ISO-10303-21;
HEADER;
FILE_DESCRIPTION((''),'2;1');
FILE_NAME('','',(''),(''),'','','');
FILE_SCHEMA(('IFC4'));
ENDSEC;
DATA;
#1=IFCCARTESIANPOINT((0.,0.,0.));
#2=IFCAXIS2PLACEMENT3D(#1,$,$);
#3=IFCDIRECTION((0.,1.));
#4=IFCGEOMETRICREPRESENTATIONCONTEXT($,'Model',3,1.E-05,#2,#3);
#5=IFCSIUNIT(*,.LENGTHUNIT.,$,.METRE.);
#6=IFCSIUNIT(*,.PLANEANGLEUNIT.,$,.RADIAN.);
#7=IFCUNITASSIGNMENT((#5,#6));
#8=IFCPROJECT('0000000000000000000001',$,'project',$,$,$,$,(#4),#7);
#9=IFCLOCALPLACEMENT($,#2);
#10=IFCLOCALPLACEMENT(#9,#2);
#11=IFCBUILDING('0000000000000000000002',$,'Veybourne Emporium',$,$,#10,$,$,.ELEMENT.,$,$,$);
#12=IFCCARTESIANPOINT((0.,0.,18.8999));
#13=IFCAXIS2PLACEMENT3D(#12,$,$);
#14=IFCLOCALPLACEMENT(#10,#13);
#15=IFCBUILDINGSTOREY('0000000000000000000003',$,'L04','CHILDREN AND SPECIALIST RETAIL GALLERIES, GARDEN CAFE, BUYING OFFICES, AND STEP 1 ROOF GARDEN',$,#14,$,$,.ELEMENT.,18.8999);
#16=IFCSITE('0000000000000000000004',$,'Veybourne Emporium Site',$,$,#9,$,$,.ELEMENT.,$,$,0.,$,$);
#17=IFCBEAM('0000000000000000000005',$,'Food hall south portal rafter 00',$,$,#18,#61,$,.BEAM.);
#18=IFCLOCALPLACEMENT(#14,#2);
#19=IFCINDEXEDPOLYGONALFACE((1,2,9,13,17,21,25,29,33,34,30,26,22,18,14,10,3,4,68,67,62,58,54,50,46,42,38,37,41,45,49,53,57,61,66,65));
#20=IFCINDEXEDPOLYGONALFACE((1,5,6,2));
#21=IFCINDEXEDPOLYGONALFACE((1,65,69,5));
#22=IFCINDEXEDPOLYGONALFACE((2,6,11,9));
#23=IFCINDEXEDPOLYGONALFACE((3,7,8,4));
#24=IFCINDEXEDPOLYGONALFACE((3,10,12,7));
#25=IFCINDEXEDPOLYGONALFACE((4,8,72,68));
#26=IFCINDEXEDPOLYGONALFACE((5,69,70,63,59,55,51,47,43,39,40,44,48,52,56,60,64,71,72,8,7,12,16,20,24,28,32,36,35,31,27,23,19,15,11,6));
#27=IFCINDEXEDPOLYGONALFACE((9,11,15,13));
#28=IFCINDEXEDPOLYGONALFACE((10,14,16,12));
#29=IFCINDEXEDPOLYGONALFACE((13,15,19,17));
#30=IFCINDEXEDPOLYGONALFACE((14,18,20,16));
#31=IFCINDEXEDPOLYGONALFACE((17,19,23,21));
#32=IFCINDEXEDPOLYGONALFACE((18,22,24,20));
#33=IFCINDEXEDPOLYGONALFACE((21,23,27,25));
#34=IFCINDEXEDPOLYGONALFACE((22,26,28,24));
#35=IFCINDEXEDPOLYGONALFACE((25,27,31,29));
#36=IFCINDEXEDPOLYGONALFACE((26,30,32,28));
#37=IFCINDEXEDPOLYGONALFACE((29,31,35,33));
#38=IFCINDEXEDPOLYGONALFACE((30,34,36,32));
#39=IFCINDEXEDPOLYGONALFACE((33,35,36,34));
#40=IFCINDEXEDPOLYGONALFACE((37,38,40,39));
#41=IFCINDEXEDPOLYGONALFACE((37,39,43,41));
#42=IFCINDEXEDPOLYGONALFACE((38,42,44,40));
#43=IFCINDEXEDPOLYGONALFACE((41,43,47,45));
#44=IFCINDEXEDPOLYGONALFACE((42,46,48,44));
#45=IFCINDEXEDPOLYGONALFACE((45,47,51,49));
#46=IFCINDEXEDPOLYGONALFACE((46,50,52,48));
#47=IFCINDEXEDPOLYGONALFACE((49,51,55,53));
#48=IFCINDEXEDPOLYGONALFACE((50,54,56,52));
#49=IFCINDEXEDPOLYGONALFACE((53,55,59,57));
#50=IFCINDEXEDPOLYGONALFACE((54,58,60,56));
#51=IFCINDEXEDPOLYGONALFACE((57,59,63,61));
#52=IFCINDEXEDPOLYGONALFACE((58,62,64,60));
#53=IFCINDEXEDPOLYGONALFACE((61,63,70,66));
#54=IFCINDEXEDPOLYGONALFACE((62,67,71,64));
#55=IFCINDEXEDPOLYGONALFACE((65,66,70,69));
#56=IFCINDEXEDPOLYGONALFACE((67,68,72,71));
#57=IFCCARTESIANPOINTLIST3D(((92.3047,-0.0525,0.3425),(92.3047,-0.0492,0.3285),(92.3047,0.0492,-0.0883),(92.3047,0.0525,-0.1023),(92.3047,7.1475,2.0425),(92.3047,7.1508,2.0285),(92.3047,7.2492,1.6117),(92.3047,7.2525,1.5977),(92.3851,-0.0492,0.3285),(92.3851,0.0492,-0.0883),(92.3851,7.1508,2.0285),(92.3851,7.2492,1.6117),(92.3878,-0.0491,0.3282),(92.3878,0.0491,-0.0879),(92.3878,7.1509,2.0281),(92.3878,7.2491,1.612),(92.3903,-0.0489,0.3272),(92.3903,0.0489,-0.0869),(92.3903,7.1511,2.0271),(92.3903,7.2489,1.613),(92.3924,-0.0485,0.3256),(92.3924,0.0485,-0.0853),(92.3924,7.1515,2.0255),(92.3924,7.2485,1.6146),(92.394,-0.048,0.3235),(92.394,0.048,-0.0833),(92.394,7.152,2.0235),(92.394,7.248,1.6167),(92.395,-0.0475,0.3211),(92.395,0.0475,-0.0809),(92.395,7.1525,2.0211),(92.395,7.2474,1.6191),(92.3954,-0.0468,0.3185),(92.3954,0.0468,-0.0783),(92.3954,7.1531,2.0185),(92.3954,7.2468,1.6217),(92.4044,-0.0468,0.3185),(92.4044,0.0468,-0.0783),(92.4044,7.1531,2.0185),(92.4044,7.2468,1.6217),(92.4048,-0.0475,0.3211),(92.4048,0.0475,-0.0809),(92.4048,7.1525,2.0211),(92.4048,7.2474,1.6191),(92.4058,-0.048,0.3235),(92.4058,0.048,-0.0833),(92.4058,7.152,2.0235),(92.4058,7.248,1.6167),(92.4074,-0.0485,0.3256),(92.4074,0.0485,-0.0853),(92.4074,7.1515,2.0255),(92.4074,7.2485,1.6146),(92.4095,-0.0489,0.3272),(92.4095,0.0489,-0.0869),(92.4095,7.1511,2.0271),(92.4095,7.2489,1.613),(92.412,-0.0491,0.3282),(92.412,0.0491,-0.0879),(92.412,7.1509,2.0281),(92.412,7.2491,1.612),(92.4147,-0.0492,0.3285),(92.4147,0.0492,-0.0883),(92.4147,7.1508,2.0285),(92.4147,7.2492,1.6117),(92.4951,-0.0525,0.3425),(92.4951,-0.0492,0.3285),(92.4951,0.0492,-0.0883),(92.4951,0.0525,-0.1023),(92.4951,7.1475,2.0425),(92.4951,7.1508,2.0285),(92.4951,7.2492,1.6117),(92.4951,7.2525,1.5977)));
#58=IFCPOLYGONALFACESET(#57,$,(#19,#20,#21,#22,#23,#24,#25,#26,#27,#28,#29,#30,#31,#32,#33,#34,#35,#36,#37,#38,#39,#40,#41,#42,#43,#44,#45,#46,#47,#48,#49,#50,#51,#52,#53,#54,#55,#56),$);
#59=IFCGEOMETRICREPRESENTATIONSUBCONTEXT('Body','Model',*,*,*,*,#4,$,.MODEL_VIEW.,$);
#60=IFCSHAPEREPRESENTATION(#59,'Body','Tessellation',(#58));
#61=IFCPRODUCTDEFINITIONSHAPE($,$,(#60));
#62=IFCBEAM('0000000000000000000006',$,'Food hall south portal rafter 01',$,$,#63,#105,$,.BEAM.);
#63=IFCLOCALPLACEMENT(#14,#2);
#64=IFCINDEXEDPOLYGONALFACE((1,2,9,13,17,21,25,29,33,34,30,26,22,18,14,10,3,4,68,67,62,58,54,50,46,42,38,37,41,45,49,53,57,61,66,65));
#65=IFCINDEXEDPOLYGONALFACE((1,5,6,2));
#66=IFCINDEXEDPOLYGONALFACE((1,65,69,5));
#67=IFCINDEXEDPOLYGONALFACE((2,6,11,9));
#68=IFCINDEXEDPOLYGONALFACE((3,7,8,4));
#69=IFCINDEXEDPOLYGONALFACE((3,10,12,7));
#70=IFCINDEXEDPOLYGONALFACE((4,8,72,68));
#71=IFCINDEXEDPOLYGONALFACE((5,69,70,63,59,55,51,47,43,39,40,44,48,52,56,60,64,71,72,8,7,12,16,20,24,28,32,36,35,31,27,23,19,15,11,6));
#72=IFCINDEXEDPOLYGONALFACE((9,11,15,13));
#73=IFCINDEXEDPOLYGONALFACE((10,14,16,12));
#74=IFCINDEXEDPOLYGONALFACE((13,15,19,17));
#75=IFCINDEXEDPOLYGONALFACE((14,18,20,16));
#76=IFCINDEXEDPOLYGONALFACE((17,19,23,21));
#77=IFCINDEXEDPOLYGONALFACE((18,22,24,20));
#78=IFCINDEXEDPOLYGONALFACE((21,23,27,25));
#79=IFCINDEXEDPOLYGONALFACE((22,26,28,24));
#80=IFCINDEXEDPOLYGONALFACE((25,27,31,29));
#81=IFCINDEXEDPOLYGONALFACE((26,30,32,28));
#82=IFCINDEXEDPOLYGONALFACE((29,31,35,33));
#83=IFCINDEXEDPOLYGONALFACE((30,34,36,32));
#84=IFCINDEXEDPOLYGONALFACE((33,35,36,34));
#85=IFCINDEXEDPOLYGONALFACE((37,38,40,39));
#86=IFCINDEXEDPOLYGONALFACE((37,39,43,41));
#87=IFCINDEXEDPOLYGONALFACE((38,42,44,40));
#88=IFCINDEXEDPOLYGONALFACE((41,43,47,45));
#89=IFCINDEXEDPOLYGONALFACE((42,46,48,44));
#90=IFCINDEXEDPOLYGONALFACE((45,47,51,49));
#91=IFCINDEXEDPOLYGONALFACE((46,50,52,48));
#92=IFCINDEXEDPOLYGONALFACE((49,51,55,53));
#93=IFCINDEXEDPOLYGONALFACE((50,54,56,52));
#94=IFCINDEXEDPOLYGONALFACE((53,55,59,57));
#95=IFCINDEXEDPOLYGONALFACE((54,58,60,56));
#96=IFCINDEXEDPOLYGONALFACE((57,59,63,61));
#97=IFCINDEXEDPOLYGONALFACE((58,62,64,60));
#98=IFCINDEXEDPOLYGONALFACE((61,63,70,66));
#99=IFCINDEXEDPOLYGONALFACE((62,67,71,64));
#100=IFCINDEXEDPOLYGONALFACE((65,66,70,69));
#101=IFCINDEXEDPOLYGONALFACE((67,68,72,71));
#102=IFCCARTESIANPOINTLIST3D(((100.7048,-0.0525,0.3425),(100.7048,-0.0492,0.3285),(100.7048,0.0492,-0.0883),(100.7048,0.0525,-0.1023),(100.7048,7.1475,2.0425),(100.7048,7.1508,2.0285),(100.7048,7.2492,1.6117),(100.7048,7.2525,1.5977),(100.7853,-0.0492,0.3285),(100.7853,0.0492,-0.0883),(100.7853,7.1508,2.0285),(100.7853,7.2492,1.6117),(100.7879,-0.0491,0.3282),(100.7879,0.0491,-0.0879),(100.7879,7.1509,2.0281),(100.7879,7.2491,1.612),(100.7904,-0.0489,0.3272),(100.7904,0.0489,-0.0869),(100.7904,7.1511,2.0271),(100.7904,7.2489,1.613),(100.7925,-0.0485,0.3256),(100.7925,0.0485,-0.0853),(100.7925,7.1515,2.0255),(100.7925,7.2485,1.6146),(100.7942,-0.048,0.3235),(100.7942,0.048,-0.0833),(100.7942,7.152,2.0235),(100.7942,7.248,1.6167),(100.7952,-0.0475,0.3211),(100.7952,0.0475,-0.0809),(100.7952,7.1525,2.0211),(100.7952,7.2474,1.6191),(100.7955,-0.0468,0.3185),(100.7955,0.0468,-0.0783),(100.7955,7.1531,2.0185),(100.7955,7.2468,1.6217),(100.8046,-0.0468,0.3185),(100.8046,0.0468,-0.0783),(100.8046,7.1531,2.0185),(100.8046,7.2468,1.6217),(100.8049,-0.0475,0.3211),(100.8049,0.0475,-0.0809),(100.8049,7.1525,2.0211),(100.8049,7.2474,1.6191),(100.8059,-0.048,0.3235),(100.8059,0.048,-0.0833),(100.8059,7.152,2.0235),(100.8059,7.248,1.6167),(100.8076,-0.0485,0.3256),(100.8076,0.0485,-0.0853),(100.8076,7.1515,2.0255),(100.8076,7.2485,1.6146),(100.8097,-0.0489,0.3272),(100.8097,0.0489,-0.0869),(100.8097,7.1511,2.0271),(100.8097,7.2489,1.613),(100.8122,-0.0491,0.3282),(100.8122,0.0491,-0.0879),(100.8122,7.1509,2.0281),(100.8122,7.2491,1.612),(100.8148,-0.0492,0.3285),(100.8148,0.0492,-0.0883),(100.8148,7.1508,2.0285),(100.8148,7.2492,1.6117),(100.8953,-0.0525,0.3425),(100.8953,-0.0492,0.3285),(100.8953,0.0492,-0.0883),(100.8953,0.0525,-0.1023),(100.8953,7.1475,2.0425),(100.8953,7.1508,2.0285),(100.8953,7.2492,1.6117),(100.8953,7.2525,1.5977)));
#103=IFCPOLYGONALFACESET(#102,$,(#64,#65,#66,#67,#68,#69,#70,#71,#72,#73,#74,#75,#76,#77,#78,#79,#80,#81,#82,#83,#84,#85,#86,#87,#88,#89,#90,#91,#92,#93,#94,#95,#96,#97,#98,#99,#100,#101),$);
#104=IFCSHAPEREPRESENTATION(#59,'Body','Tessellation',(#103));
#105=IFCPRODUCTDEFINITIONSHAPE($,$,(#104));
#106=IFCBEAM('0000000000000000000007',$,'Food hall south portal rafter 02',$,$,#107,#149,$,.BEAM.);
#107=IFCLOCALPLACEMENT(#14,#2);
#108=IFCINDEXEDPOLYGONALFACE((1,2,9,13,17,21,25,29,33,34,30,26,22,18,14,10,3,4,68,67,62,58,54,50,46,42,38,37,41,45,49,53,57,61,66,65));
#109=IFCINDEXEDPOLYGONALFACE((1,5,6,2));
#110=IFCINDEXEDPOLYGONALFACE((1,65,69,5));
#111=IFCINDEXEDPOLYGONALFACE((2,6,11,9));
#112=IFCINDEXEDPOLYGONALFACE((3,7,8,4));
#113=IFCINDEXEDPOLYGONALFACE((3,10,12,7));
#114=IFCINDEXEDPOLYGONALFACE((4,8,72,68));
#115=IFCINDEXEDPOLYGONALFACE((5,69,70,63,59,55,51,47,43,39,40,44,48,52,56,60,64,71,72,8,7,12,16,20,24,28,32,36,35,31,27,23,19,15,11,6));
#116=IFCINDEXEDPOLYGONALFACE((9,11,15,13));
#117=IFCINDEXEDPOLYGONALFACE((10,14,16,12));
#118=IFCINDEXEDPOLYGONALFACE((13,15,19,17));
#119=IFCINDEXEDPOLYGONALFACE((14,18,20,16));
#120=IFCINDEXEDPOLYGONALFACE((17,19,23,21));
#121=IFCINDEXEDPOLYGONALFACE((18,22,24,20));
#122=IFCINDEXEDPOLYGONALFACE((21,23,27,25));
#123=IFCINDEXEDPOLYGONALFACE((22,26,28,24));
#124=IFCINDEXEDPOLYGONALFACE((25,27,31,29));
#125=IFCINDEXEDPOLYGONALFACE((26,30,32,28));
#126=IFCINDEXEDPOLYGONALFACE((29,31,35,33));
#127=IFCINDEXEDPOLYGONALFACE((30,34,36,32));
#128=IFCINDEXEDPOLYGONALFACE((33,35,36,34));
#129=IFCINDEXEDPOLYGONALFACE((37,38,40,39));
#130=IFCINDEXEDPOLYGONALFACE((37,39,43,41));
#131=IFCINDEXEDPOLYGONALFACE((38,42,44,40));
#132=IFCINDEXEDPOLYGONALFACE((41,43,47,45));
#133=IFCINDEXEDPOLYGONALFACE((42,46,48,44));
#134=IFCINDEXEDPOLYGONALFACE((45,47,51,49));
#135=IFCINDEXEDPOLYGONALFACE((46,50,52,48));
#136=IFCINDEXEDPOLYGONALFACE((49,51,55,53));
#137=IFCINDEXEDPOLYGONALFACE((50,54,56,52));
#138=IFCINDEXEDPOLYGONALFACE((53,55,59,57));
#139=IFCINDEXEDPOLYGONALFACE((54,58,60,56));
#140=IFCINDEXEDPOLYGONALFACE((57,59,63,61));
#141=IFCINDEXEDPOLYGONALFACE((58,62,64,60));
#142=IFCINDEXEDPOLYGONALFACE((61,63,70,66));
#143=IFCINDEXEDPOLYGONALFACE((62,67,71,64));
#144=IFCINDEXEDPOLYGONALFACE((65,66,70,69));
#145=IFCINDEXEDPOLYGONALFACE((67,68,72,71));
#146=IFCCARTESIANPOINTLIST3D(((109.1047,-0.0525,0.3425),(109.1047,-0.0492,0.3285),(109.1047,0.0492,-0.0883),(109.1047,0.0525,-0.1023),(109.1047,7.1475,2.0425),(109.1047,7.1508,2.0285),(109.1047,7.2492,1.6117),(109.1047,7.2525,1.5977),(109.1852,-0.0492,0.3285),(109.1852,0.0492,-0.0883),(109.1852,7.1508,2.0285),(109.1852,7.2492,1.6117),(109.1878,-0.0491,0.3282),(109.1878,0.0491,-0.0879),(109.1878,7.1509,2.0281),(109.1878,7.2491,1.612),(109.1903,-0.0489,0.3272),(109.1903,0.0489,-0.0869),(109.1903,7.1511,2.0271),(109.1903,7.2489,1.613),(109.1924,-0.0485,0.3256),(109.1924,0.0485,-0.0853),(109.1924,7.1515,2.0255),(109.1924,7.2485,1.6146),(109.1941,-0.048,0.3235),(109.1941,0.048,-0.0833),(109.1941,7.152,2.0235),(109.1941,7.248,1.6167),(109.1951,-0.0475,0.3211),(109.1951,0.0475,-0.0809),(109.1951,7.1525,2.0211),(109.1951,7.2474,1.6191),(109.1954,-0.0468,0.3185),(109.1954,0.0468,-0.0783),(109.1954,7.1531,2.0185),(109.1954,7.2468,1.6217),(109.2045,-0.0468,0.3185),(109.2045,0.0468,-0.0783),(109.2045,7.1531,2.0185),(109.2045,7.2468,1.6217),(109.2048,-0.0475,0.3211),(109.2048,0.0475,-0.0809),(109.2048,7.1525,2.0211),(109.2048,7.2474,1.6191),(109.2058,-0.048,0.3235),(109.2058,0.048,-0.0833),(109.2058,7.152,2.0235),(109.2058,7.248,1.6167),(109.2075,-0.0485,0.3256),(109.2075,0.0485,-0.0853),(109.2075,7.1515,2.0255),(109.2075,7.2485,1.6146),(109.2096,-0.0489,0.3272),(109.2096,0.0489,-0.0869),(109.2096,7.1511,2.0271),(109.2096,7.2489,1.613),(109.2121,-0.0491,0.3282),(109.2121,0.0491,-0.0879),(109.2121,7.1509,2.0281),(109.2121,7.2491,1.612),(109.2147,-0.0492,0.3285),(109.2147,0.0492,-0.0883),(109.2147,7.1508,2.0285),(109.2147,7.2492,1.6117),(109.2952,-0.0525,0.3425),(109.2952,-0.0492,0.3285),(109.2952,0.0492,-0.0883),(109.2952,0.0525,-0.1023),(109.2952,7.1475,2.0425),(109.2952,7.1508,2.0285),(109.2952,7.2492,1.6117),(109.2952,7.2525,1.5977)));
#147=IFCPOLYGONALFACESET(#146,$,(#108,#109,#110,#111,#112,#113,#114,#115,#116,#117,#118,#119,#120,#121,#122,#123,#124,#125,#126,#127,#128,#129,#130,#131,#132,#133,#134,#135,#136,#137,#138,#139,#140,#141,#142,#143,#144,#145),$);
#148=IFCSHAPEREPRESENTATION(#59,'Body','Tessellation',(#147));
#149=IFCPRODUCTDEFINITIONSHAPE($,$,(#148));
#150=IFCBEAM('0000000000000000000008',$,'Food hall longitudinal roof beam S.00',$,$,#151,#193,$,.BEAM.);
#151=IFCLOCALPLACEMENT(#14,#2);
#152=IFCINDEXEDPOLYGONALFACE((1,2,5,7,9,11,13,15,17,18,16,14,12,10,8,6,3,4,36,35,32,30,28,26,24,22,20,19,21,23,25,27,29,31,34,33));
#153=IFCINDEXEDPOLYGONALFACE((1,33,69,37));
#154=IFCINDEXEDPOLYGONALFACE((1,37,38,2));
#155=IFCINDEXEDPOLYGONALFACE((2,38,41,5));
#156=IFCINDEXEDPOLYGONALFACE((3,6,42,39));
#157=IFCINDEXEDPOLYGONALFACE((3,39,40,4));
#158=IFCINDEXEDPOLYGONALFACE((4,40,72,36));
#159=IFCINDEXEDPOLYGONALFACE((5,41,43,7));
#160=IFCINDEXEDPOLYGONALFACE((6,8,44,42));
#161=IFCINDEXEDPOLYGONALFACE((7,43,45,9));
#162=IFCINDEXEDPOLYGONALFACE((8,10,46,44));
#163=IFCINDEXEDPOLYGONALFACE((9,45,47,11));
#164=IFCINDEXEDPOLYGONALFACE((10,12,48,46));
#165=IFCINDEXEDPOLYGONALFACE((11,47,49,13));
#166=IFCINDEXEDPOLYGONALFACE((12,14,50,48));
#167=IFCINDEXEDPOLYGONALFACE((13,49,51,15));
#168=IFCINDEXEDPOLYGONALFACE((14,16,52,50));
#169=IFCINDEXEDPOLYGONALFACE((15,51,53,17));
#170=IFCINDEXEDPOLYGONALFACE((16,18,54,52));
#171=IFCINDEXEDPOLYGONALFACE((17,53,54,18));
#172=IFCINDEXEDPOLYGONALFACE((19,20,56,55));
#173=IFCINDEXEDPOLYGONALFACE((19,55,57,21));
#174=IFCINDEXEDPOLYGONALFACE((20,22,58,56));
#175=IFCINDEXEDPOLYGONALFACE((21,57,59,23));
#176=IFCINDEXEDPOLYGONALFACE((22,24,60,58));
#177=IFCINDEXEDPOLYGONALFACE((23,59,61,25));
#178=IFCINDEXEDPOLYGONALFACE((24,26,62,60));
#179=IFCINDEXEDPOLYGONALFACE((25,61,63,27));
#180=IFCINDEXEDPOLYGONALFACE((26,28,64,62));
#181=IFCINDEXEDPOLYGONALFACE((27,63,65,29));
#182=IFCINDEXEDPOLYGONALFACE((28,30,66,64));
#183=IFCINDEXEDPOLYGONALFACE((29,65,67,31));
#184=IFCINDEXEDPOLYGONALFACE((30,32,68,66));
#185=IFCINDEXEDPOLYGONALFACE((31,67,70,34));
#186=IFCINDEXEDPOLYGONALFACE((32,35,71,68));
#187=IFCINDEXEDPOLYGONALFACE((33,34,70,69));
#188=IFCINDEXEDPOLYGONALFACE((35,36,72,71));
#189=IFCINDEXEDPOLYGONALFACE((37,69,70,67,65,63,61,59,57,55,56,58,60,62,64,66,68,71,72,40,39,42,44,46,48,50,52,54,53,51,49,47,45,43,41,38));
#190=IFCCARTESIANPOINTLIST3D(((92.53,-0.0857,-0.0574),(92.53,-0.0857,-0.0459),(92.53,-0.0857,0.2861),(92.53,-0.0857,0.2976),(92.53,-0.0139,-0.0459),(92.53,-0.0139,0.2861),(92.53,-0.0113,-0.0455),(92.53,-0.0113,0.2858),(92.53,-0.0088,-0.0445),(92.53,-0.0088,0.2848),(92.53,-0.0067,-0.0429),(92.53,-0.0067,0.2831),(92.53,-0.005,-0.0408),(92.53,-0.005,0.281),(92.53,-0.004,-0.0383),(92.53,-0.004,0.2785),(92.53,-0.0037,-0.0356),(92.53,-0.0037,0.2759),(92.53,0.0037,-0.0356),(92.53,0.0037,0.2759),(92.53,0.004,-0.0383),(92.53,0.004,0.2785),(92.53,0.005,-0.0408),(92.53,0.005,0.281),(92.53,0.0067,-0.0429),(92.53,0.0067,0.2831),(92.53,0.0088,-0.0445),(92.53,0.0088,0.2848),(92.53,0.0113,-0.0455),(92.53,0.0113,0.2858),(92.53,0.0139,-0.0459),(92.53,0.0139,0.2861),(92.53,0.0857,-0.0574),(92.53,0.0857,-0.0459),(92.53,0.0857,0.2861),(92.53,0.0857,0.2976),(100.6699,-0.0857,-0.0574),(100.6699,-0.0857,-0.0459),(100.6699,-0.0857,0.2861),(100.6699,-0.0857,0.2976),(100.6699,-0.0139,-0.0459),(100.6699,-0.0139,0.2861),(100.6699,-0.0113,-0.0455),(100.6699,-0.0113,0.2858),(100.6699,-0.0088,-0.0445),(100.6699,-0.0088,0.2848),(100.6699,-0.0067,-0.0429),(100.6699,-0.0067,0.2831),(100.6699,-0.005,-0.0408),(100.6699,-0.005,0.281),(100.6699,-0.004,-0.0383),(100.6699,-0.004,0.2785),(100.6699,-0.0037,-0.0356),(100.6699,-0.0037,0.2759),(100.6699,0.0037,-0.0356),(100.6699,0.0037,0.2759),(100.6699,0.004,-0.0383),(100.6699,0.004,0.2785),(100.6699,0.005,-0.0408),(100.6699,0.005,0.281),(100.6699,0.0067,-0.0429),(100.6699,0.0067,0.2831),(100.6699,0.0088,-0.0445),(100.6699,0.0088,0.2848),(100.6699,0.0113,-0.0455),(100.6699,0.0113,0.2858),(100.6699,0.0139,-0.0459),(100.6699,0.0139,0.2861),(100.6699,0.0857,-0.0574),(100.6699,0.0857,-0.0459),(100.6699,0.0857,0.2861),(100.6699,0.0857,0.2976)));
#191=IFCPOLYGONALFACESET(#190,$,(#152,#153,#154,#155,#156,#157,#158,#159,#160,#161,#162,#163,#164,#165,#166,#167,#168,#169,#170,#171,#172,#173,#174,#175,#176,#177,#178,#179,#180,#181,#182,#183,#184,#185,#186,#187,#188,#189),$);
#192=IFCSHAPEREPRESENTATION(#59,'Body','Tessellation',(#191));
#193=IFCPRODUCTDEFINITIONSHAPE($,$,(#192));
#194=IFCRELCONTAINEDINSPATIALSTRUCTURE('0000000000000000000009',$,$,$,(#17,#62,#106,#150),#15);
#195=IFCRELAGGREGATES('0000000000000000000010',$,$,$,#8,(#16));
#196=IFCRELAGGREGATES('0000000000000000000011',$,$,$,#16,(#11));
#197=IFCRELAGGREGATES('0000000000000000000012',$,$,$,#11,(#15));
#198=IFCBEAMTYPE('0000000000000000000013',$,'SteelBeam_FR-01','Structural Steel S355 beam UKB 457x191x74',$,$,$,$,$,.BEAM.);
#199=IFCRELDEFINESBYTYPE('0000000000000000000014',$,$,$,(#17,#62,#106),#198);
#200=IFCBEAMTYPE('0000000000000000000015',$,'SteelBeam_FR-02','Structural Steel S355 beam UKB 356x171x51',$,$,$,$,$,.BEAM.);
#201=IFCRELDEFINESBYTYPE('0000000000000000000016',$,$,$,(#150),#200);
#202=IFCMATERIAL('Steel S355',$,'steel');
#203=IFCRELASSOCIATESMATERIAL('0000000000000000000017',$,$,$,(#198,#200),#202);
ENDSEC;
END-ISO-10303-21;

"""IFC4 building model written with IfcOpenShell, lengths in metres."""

from ifc_helpers import new_model, si_unit, direction, frame, origin, origin_2d, place, context, subcontext, project, spatial, i_section, extrude, material, material_profile, profile_set, type_object, element, save


model = new_model("IFC4")

# Units and contexts
model_context = context("Model", 3, precision=1e-05, world=origin(), true_north=direction((0.0, 1.0)))
body_context = subcontext(model_context, "Body", "Model", "MODEL_VIEW")
ifc_project = project(units=[si_unit("LENGTHUNIT", "METRE"), si_unit("PLANEANGLEUNIT", "RADIAN")], contexts=[model_context])

# Site, building, storey
site_placement = place(None, origin())
site = spatial("IfcSite", under=ifc_project, at=site_placement, Name="Veybourne Emporium Site", CompositionType="ELEMENT", RefElevation=0.0)
building_placement = place(site_placement, origin())
building = spatial("IfcBuilding", under=site, at=building_placement, Name="Veybourne Emporium", CompositionType="ELEMENT")
storey_placement = place(building_placement, frame((0.0, 0.0, 18.8999)))
storey = spatial("IfcBuildingStorey", under=building, at=storey_placement, Name="L04", Description="CHILDREN AND SPECIALIST RETAIL GALLERIES, GARDEN CAFE, BUYING OFFICES, AND STEP 1 ROOF GARDEN", CompositionType="ELEMENT", Elevation=18.8999)

# Beams
ifc_material_1 = material(Name="Steel S355", Category="steel")
ifc_material_profile_1 = material_profile(ifc_material_1, i_section(OverallWidth=0.1904, OverallDepth=0.457, WebThickness=0.009, FlangeThickness=0.0144, FilletRadius=0.0103, at=origin_2d()), Name="UKB 457x191x74")
ifc_profile_set_1 = profile_set([ifc_material_profile_1], Name="Steel S355")
beam_type_1 = type_object("IfcBeamType", Name="SteelBeam_FR-01", Description="Structural Steel S355 beam UKB 457x191x74", PredefinedType="BEAM", material=ifc_profile_set_1)
for number, where, z_axis, x_axis, name in (
    (1, (92.3999, 0.0, 0.1201), (0.0, 0.973241, 0.229788), (-1.0, 0.0, 0.0), "Food hall south portal rafter 00"),
    (2, (100.8, 0.0, 0.1201), (0.0, 0.973241, 0.229788), (-1.0, 0.0, 0.0), "Food hall south portal rafter 01"),
    (3, (109.2, 0.0, 0.1201), (0.0, 0.973241, 0.229788), (-1.0, 0.0, 0.0), "Food hall south portal rafter 02"),
):
    element("IfcBeam", number, at=place(storey_placement, frame(where, z_axis=z_axis, x_axis=x_axis)), inside=storey, type_object=beam_type_1, Name=name, PredefinedType="BEAM", context=body_context, shape_type="SweptSolid", body=[
        extrude(i_section(OverallWidth=0.1904, OverallDepth=0.457, WebThickness=0.009, FlangeThickness=0.0144, FilletRadius=0.0103, at=origin_2d()), origin(), (0.0, 0.0, 1.0), 7.3979),
    ])
ifc_material_profile_2 = material_profile(ifc_material_1, i_section(OverallWidth=0.1714, OverallDepth=0.355, WebThickness=0.0073, FlangeThickness=0.0115, FilletRadius=0.0103, at=origin_2d()), Name="UKB 356x171x51")
ifc_profile_set_2 = profile_set([ifc_material_profile_2], Name="Steel S355")
beam_type_2 = type_object("IfcBeamType", Name="SteelBeam_FR-02", Description="Structural Steel S355 beam UKB 356x171x51", PredefinedType="BEAM", material=ifc_profile_set_2)
beam_1_placement = place(storey_placement, frame((92.53, 0.0, 0.1201), z_axis=(1.0, 0.0, 0.0), x_axis=(0.0, 1.0, 0.0)))
element("IfcBeam", 4, at=beam_1_placement, inside=storey, type_object=beam_type_2, Name="Food hall longitudinal roof beam S.00", PredefinedType="BEAM", context=body_context, shape_type="SweptSolid", body=[
    extrude(i_section(OverallWidth=0.1714, OverallDepth=0.355, WebThickness=0.0073, FlangeThickness=0.0115, FilletRadius=0.0103, at=origin_2d()), origin(), (0.0, 0.0, 1.0), 8.1399),
])

save(model, "model.ifc")
